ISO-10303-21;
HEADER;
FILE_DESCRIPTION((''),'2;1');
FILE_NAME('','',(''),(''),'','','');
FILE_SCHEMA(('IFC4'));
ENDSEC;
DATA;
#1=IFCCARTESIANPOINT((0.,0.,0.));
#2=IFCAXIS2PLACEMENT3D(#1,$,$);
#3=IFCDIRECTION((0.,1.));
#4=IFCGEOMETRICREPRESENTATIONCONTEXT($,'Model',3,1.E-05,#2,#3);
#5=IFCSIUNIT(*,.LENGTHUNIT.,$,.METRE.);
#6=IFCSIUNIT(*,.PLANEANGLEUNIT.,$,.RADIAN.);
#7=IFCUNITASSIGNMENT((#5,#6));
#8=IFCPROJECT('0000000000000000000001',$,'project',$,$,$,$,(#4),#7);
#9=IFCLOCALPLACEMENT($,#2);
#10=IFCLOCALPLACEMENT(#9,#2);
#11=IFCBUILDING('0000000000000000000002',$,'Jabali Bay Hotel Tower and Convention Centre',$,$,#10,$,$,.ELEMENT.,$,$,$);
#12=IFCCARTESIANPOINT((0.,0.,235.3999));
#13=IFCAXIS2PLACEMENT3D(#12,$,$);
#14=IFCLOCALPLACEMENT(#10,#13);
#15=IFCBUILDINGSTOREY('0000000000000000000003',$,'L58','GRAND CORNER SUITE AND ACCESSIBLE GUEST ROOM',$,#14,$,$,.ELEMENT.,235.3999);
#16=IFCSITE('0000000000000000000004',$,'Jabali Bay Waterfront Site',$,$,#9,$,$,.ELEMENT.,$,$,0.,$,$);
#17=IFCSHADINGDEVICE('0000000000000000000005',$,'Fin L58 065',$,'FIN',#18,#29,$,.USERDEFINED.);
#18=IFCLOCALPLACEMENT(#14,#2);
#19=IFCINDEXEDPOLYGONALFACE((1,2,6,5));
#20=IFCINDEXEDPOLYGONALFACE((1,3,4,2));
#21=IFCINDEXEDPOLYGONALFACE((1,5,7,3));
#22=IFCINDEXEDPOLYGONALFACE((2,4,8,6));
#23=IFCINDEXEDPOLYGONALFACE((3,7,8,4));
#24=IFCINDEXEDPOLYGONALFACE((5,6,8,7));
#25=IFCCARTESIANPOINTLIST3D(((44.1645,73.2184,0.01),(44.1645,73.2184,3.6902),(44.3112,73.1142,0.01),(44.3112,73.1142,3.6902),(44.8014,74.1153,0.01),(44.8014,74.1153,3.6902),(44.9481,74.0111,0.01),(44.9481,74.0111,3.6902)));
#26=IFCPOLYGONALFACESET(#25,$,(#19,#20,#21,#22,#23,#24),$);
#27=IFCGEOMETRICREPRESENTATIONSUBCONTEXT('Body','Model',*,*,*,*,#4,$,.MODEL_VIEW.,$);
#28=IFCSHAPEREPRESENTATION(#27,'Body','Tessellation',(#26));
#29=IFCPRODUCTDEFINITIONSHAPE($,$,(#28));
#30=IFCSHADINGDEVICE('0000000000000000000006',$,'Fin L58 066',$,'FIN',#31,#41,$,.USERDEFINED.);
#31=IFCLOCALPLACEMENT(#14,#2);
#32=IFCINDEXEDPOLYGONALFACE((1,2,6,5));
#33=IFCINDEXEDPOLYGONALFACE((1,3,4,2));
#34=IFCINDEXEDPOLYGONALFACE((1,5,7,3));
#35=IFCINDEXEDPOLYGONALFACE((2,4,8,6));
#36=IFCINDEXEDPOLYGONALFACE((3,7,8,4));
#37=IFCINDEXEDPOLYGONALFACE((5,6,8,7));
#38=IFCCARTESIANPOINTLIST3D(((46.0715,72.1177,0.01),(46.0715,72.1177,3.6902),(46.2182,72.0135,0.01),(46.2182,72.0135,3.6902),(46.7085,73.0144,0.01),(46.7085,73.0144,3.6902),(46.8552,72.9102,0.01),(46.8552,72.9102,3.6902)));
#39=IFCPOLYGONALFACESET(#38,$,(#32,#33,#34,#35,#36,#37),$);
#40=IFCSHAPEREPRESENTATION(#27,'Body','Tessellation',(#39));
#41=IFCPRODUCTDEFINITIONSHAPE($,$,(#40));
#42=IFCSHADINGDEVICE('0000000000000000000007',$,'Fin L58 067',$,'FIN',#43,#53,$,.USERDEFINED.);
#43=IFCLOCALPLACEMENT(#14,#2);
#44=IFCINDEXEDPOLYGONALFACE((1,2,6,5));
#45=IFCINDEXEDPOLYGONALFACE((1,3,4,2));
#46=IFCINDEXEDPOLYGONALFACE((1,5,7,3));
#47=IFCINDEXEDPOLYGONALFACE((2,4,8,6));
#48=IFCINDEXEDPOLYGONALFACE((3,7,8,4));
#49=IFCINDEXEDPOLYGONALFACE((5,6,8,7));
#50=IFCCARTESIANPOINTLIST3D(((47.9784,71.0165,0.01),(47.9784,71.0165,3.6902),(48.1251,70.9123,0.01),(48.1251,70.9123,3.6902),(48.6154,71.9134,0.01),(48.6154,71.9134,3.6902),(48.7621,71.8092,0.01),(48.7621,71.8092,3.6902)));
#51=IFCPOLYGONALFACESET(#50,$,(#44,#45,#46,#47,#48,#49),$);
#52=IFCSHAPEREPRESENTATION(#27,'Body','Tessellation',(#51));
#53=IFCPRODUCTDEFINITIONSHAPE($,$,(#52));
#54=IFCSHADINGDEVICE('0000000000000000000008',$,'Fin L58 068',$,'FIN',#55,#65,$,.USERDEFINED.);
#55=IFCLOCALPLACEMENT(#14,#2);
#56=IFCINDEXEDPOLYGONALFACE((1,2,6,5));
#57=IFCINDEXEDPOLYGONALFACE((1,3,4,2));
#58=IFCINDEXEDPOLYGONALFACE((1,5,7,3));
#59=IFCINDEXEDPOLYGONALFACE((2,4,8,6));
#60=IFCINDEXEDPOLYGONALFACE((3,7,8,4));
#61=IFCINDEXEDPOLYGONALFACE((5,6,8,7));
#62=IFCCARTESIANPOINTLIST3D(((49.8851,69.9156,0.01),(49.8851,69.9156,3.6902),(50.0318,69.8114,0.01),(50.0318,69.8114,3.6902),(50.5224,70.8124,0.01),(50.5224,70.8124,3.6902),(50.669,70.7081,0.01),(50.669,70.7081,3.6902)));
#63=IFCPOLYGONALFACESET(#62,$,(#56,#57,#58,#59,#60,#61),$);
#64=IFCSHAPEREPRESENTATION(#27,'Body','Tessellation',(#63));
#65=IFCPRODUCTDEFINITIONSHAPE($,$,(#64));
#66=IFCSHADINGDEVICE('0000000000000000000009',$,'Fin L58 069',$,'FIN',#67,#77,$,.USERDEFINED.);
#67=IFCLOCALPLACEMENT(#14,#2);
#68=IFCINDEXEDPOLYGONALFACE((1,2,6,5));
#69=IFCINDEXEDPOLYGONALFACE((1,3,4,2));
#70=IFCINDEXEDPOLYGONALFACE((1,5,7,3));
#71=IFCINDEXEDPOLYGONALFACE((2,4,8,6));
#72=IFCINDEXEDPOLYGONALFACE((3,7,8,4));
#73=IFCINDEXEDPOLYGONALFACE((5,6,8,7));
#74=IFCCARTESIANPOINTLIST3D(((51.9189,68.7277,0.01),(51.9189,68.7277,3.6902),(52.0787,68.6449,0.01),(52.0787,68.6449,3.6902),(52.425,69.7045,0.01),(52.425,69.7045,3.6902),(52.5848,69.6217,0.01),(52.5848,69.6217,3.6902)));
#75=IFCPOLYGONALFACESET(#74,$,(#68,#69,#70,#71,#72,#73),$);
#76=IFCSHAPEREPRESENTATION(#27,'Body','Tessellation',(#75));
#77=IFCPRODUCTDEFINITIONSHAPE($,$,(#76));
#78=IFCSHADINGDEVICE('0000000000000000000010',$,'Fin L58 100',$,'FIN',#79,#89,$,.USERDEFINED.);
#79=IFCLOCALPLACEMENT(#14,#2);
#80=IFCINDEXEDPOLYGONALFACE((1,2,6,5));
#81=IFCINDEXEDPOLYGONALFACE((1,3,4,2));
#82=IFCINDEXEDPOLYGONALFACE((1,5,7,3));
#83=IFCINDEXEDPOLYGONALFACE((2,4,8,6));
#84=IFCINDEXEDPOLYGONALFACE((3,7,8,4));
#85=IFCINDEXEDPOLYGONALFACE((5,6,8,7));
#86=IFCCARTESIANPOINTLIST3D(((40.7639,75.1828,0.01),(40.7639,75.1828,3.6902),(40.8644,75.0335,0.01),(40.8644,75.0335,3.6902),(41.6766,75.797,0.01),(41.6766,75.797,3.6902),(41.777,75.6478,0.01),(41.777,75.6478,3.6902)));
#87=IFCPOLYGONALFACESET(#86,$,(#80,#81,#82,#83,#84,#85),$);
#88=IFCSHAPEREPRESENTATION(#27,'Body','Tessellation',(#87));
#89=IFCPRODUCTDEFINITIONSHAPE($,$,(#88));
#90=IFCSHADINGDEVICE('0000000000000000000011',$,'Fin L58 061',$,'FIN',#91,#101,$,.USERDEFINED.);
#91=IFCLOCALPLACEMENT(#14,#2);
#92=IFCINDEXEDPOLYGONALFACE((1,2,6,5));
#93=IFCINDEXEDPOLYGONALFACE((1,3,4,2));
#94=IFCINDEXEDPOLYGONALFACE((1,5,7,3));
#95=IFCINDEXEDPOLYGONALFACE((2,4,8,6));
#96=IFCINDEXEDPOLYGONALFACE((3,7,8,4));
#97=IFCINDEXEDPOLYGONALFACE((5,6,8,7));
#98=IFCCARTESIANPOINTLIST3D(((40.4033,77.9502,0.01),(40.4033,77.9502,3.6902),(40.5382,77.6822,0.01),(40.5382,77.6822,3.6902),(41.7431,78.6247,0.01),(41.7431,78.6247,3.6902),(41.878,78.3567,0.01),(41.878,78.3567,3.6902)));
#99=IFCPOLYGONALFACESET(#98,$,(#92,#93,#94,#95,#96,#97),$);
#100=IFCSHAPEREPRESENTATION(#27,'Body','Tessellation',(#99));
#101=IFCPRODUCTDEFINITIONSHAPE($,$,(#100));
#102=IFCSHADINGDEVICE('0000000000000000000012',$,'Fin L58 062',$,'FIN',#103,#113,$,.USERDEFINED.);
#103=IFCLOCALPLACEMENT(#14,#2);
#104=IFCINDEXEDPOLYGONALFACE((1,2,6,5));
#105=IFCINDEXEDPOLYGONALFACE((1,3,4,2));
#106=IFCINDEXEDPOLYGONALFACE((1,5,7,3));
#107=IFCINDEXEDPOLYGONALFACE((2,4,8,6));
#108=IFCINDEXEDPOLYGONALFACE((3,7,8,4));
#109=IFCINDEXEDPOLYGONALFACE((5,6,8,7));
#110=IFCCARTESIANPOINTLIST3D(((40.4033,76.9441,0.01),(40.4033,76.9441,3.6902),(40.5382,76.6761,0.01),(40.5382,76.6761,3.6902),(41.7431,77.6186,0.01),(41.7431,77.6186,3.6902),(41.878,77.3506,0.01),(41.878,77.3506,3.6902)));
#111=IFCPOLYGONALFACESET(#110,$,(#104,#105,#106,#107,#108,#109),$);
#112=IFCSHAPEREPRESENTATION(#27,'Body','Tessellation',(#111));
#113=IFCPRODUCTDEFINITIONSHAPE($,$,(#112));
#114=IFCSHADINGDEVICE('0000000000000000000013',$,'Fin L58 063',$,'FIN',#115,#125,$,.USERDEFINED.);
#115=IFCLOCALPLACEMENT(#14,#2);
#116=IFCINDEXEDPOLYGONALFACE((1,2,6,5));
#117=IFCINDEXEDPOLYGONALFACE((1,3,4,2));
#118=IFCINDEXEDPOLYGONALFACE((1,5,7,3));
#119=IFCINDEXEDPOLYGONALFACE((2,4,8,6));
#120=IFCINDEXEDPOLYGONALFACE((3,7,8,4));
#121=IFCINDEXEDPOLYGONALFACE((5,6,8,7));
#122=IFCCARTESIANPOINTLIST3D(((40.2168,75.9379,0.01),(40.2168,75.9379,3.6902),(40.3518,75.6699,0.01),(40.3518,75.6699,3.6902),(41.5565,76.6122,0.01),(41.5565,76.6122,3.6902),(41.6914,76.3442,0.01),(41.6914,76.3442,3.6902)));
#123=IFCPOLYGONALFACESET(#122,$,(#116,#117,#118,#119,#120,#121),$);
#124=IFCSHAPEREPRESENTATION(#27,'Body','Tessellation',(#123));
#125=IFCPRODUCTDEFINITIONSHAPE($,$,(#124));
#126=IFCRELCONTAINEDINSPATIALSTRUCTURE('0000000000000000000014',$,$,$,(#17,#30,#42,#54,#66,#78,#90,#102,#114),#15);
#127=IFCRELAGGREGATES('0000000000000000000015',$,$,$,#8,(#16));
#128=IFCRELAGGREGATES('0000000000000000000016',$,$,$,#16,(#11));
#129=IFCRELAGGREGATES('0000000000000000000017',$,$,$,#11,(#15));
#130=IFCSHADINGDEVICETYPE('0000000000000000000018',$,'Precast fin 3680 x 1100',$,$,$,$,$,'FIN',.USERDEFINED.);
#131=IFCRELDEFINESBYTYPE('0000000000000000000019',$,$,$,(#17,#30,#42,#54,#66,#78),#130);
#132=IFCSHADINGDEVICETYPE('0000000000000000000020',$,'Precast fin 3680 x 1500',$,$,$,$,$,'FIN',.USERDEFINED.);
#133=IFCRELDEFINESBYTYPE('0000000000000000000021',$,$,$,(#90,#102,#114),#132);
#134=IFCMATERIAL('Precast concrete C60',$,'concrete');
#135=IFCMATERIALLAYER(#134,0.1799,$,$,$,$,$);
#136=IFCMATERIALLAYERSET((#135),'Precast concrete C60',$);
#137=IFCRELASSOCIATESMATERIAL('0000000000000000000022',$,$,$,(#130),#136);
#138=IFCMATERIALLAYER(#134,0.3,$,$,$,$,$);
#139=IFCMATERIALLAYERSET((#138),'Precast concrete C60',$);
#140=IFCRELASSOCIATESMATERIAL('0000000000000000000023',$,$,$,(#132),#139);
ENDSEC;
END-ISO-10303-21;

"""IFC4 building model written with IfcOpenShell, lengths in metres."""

from ifc_helpers import new_model, si_unit, direction, frame, frame_2d, origin, place, context, subcontext, project, spatial, rectangle, extrude, material, layer, layer_set, type_object, element, save


model = new_model("IFC4")

# Units and contexts
model_context = context("Model", 3, precision=1e-05, world=origin(), true_north=direction((0.0, 1.0)))
body_context = subcontext(model_context, "Body", "Model", "MODEL_VIEW")
ifc_project = project(units=[si_unit("LENGTHUNIT", "METRE"), si_unit("PLANEANGLEUNIT", "RADIAN")], contexts=[model_context])

# Site, building, storey
site_placement = place(None, origin())
site = spatial("IfcSite", under=ifc_project, at=site_placement, Name="Jabali Bay Waterfront Site", CompositionType="ELEMENT", RefElevation=0.0)
building_placement = place(site_placement, origin())
building = spatial("IfcBuilding", under=site, at=building_placement, Name="Jabali Bay Hotel Tower and Convention Centre", CompositionType="ELEMENT")
storey_placement = place(building_placement, frame((0.0, 0.0, 235.3999)))
storey = spatial("IfcBuildingStorey", under=building, at=storey_placement, Name="L58", Description="GRAND CORNER SUITE AND ACCESSIBLE GUEST ROOM", CompositionType="ELEMENT", Elevation=235.3999)

# Shading devices
ifc_material_1 = material(Name="Precast concrete C60", Category="concrete")
ifc_layer_1 = layer(ifc_material_1, 0.1799)
ifc_layer_set_1 = layer_set([ifc_layer_1], Name="Precast concrete C60")
shading_device_type_1 = type_object("IfcShadingDeviceType", Name="Precast fin 3680 x 1100", ElementType="FIN", PredefinedType="USERDEFINED", material=ifc_layer_set_1)
for number, where, z_axis, x_axis, name in (
    (1, (44.8748, 74.0632, 0.01), (0.0, 0.0, 1.0), (-0.57899, -0.815335, 0.0), "Fin L58 065"),
):
    element("IfcShadingDevice", number, at=place(storey_placement, frame(where, z_axis=z_axis, x_axis=x_axis)), inside=storey, type_object=shading_device_type_1, Name=name, ObjectType="FIN", PredefinedType="USERDEFINED", context=body_context, shape_type="SweptSolid", body=[
        extrude(rectangle(XDim=1.1001, YDim=0.1799, at=frame_2d((0.55, 0.0))), origin(), (0.0, 0.0, 1.0), 3.6802),
    ])
shading_device_1_placement = place(storey_placement, frame((46.7817, 72.9622, 0.01), z_axis=(0.0, 0.0, 1.0), x_axis=(-0.579095, -0.81526, 0.0)))
element("IfcShadingDevice", 2, at=shading_device_1_placement, inside=storey, type_object=shading_device_type_1, Name="Fin L58 066", ObjectType="FIN", PredefinedType="USERDEFINED", context=body_context, shape_type="SweptSolid", body=[
    extrude(rectangle(XDim=1.0999, YDim=0.1799, at=frame_2d((0.5498, 0.0))), origin(), (0.0, 0.0, 1.0), 3.6802),
])
for number, where, z_axis, x_axis, name in (
    (3, (48.6887, 71.8613, 0.01), (0.0, 0.0, 1.0), (-0.57899, -0.815335, 0.0), "Fin L58 067"),
    (4, (50.5957, 70.7603, 0.01), (0.0, 0.0, 1.0), (-0.579242, -0.815156, 0.0), "Fin L58 068"),
    (5, (52.5049, 69.6631, 0.01), (0.0, 0.0, 1.0), (-0.460039, -0.887899, 0.0), "Fin L58 069"),
    (6, (41.7268, 75.7224, 0.01), (0.0, 0.0, 1.0), (-0.829584, -0.558382, 0.0), "Fin L58 100"),
):
    element("IfcShadingDevice", number, at=place(storey_placement, frame(where, z_axis=z_axis, x_axis=x_axis)), inside=storey, type_object=shading_device_type_1, Name=name, ObjectType="FIN", PredefinedType="USERDEFINED", context=body_context, shape_type="SweptSolid", body=[
        extrude(rectangle(XDim=1.1001, YDim=0.1799, at=frame_2d((0.55, 0.0))), origin(), (0.0, 0.0, 1.0), 3.6802),
    ])
ifc_layer_2 = layer(ifc_material_1, 0.3)
ifc_layer_set_2 = layer_set([ifc_layer_2], Name="Precast concrete C60")
shading_device_type_2 = type_object("IfcShadingDeviceType", Name="Precast fin 3680 x 1500", ElementType="FIN", PredefinedType="USERDEFINED", material=ifc_layer_set_2)
for number, where, z_axis, x_axis, name in (
    (7, (41.8105, 78.4907, 0.01), (0.0, 0.0, 1.0), (-0.893187, -0.449686, 0.0), "Fin L58 061"),
    (8, (41.8105, 77.4846, 0.01), (0.0, 0.0, 1.0), (-0.893187, -0.449686, 0.0), "Fin L58 062"),
):
    element("IfcShadingDevice", number, at=place(storey_placement, frame(where, z_axis=z_axis, x_axis=x_axis)), inside=storey, type_object=shading_device_type_2, Name=name, ObjectType="FIN", PredefinedType="USERDEFINED", context=body_context, shape_type="SweptSolid", body=[
        extrude(rectangle(XDim=1.5, YDim=0.3, at=frame_2d((0.75, 0.0))), origin(), (0.0, 0.0, 1.0), 3.6802),
    ])
shading_device_2_placement = place(storey_placement, frame((41.624, 76.4783, 0.01), z_axis=(0.0, 0.0, 1.0), x_axis=(-0.893219, -0.449621, 0.0)))
element("IfcShadingDevice", 9, at=shading_device_2_placement, inside=storey, type_object=shading_device_type_2, Name="Fin L58 063", ObjectType="FIN", PredefinedType="USERDEFINED", context=body_context, shape_type="SweptSolid", body=[
    extrude(rectangle(XDim=1.4998, YDim=0.3, at=frame_2d((0.75, 0.0))), origin(), (0.0, 0.0, 1.0), 3.6802),
])

save(model, "model.ifc")
